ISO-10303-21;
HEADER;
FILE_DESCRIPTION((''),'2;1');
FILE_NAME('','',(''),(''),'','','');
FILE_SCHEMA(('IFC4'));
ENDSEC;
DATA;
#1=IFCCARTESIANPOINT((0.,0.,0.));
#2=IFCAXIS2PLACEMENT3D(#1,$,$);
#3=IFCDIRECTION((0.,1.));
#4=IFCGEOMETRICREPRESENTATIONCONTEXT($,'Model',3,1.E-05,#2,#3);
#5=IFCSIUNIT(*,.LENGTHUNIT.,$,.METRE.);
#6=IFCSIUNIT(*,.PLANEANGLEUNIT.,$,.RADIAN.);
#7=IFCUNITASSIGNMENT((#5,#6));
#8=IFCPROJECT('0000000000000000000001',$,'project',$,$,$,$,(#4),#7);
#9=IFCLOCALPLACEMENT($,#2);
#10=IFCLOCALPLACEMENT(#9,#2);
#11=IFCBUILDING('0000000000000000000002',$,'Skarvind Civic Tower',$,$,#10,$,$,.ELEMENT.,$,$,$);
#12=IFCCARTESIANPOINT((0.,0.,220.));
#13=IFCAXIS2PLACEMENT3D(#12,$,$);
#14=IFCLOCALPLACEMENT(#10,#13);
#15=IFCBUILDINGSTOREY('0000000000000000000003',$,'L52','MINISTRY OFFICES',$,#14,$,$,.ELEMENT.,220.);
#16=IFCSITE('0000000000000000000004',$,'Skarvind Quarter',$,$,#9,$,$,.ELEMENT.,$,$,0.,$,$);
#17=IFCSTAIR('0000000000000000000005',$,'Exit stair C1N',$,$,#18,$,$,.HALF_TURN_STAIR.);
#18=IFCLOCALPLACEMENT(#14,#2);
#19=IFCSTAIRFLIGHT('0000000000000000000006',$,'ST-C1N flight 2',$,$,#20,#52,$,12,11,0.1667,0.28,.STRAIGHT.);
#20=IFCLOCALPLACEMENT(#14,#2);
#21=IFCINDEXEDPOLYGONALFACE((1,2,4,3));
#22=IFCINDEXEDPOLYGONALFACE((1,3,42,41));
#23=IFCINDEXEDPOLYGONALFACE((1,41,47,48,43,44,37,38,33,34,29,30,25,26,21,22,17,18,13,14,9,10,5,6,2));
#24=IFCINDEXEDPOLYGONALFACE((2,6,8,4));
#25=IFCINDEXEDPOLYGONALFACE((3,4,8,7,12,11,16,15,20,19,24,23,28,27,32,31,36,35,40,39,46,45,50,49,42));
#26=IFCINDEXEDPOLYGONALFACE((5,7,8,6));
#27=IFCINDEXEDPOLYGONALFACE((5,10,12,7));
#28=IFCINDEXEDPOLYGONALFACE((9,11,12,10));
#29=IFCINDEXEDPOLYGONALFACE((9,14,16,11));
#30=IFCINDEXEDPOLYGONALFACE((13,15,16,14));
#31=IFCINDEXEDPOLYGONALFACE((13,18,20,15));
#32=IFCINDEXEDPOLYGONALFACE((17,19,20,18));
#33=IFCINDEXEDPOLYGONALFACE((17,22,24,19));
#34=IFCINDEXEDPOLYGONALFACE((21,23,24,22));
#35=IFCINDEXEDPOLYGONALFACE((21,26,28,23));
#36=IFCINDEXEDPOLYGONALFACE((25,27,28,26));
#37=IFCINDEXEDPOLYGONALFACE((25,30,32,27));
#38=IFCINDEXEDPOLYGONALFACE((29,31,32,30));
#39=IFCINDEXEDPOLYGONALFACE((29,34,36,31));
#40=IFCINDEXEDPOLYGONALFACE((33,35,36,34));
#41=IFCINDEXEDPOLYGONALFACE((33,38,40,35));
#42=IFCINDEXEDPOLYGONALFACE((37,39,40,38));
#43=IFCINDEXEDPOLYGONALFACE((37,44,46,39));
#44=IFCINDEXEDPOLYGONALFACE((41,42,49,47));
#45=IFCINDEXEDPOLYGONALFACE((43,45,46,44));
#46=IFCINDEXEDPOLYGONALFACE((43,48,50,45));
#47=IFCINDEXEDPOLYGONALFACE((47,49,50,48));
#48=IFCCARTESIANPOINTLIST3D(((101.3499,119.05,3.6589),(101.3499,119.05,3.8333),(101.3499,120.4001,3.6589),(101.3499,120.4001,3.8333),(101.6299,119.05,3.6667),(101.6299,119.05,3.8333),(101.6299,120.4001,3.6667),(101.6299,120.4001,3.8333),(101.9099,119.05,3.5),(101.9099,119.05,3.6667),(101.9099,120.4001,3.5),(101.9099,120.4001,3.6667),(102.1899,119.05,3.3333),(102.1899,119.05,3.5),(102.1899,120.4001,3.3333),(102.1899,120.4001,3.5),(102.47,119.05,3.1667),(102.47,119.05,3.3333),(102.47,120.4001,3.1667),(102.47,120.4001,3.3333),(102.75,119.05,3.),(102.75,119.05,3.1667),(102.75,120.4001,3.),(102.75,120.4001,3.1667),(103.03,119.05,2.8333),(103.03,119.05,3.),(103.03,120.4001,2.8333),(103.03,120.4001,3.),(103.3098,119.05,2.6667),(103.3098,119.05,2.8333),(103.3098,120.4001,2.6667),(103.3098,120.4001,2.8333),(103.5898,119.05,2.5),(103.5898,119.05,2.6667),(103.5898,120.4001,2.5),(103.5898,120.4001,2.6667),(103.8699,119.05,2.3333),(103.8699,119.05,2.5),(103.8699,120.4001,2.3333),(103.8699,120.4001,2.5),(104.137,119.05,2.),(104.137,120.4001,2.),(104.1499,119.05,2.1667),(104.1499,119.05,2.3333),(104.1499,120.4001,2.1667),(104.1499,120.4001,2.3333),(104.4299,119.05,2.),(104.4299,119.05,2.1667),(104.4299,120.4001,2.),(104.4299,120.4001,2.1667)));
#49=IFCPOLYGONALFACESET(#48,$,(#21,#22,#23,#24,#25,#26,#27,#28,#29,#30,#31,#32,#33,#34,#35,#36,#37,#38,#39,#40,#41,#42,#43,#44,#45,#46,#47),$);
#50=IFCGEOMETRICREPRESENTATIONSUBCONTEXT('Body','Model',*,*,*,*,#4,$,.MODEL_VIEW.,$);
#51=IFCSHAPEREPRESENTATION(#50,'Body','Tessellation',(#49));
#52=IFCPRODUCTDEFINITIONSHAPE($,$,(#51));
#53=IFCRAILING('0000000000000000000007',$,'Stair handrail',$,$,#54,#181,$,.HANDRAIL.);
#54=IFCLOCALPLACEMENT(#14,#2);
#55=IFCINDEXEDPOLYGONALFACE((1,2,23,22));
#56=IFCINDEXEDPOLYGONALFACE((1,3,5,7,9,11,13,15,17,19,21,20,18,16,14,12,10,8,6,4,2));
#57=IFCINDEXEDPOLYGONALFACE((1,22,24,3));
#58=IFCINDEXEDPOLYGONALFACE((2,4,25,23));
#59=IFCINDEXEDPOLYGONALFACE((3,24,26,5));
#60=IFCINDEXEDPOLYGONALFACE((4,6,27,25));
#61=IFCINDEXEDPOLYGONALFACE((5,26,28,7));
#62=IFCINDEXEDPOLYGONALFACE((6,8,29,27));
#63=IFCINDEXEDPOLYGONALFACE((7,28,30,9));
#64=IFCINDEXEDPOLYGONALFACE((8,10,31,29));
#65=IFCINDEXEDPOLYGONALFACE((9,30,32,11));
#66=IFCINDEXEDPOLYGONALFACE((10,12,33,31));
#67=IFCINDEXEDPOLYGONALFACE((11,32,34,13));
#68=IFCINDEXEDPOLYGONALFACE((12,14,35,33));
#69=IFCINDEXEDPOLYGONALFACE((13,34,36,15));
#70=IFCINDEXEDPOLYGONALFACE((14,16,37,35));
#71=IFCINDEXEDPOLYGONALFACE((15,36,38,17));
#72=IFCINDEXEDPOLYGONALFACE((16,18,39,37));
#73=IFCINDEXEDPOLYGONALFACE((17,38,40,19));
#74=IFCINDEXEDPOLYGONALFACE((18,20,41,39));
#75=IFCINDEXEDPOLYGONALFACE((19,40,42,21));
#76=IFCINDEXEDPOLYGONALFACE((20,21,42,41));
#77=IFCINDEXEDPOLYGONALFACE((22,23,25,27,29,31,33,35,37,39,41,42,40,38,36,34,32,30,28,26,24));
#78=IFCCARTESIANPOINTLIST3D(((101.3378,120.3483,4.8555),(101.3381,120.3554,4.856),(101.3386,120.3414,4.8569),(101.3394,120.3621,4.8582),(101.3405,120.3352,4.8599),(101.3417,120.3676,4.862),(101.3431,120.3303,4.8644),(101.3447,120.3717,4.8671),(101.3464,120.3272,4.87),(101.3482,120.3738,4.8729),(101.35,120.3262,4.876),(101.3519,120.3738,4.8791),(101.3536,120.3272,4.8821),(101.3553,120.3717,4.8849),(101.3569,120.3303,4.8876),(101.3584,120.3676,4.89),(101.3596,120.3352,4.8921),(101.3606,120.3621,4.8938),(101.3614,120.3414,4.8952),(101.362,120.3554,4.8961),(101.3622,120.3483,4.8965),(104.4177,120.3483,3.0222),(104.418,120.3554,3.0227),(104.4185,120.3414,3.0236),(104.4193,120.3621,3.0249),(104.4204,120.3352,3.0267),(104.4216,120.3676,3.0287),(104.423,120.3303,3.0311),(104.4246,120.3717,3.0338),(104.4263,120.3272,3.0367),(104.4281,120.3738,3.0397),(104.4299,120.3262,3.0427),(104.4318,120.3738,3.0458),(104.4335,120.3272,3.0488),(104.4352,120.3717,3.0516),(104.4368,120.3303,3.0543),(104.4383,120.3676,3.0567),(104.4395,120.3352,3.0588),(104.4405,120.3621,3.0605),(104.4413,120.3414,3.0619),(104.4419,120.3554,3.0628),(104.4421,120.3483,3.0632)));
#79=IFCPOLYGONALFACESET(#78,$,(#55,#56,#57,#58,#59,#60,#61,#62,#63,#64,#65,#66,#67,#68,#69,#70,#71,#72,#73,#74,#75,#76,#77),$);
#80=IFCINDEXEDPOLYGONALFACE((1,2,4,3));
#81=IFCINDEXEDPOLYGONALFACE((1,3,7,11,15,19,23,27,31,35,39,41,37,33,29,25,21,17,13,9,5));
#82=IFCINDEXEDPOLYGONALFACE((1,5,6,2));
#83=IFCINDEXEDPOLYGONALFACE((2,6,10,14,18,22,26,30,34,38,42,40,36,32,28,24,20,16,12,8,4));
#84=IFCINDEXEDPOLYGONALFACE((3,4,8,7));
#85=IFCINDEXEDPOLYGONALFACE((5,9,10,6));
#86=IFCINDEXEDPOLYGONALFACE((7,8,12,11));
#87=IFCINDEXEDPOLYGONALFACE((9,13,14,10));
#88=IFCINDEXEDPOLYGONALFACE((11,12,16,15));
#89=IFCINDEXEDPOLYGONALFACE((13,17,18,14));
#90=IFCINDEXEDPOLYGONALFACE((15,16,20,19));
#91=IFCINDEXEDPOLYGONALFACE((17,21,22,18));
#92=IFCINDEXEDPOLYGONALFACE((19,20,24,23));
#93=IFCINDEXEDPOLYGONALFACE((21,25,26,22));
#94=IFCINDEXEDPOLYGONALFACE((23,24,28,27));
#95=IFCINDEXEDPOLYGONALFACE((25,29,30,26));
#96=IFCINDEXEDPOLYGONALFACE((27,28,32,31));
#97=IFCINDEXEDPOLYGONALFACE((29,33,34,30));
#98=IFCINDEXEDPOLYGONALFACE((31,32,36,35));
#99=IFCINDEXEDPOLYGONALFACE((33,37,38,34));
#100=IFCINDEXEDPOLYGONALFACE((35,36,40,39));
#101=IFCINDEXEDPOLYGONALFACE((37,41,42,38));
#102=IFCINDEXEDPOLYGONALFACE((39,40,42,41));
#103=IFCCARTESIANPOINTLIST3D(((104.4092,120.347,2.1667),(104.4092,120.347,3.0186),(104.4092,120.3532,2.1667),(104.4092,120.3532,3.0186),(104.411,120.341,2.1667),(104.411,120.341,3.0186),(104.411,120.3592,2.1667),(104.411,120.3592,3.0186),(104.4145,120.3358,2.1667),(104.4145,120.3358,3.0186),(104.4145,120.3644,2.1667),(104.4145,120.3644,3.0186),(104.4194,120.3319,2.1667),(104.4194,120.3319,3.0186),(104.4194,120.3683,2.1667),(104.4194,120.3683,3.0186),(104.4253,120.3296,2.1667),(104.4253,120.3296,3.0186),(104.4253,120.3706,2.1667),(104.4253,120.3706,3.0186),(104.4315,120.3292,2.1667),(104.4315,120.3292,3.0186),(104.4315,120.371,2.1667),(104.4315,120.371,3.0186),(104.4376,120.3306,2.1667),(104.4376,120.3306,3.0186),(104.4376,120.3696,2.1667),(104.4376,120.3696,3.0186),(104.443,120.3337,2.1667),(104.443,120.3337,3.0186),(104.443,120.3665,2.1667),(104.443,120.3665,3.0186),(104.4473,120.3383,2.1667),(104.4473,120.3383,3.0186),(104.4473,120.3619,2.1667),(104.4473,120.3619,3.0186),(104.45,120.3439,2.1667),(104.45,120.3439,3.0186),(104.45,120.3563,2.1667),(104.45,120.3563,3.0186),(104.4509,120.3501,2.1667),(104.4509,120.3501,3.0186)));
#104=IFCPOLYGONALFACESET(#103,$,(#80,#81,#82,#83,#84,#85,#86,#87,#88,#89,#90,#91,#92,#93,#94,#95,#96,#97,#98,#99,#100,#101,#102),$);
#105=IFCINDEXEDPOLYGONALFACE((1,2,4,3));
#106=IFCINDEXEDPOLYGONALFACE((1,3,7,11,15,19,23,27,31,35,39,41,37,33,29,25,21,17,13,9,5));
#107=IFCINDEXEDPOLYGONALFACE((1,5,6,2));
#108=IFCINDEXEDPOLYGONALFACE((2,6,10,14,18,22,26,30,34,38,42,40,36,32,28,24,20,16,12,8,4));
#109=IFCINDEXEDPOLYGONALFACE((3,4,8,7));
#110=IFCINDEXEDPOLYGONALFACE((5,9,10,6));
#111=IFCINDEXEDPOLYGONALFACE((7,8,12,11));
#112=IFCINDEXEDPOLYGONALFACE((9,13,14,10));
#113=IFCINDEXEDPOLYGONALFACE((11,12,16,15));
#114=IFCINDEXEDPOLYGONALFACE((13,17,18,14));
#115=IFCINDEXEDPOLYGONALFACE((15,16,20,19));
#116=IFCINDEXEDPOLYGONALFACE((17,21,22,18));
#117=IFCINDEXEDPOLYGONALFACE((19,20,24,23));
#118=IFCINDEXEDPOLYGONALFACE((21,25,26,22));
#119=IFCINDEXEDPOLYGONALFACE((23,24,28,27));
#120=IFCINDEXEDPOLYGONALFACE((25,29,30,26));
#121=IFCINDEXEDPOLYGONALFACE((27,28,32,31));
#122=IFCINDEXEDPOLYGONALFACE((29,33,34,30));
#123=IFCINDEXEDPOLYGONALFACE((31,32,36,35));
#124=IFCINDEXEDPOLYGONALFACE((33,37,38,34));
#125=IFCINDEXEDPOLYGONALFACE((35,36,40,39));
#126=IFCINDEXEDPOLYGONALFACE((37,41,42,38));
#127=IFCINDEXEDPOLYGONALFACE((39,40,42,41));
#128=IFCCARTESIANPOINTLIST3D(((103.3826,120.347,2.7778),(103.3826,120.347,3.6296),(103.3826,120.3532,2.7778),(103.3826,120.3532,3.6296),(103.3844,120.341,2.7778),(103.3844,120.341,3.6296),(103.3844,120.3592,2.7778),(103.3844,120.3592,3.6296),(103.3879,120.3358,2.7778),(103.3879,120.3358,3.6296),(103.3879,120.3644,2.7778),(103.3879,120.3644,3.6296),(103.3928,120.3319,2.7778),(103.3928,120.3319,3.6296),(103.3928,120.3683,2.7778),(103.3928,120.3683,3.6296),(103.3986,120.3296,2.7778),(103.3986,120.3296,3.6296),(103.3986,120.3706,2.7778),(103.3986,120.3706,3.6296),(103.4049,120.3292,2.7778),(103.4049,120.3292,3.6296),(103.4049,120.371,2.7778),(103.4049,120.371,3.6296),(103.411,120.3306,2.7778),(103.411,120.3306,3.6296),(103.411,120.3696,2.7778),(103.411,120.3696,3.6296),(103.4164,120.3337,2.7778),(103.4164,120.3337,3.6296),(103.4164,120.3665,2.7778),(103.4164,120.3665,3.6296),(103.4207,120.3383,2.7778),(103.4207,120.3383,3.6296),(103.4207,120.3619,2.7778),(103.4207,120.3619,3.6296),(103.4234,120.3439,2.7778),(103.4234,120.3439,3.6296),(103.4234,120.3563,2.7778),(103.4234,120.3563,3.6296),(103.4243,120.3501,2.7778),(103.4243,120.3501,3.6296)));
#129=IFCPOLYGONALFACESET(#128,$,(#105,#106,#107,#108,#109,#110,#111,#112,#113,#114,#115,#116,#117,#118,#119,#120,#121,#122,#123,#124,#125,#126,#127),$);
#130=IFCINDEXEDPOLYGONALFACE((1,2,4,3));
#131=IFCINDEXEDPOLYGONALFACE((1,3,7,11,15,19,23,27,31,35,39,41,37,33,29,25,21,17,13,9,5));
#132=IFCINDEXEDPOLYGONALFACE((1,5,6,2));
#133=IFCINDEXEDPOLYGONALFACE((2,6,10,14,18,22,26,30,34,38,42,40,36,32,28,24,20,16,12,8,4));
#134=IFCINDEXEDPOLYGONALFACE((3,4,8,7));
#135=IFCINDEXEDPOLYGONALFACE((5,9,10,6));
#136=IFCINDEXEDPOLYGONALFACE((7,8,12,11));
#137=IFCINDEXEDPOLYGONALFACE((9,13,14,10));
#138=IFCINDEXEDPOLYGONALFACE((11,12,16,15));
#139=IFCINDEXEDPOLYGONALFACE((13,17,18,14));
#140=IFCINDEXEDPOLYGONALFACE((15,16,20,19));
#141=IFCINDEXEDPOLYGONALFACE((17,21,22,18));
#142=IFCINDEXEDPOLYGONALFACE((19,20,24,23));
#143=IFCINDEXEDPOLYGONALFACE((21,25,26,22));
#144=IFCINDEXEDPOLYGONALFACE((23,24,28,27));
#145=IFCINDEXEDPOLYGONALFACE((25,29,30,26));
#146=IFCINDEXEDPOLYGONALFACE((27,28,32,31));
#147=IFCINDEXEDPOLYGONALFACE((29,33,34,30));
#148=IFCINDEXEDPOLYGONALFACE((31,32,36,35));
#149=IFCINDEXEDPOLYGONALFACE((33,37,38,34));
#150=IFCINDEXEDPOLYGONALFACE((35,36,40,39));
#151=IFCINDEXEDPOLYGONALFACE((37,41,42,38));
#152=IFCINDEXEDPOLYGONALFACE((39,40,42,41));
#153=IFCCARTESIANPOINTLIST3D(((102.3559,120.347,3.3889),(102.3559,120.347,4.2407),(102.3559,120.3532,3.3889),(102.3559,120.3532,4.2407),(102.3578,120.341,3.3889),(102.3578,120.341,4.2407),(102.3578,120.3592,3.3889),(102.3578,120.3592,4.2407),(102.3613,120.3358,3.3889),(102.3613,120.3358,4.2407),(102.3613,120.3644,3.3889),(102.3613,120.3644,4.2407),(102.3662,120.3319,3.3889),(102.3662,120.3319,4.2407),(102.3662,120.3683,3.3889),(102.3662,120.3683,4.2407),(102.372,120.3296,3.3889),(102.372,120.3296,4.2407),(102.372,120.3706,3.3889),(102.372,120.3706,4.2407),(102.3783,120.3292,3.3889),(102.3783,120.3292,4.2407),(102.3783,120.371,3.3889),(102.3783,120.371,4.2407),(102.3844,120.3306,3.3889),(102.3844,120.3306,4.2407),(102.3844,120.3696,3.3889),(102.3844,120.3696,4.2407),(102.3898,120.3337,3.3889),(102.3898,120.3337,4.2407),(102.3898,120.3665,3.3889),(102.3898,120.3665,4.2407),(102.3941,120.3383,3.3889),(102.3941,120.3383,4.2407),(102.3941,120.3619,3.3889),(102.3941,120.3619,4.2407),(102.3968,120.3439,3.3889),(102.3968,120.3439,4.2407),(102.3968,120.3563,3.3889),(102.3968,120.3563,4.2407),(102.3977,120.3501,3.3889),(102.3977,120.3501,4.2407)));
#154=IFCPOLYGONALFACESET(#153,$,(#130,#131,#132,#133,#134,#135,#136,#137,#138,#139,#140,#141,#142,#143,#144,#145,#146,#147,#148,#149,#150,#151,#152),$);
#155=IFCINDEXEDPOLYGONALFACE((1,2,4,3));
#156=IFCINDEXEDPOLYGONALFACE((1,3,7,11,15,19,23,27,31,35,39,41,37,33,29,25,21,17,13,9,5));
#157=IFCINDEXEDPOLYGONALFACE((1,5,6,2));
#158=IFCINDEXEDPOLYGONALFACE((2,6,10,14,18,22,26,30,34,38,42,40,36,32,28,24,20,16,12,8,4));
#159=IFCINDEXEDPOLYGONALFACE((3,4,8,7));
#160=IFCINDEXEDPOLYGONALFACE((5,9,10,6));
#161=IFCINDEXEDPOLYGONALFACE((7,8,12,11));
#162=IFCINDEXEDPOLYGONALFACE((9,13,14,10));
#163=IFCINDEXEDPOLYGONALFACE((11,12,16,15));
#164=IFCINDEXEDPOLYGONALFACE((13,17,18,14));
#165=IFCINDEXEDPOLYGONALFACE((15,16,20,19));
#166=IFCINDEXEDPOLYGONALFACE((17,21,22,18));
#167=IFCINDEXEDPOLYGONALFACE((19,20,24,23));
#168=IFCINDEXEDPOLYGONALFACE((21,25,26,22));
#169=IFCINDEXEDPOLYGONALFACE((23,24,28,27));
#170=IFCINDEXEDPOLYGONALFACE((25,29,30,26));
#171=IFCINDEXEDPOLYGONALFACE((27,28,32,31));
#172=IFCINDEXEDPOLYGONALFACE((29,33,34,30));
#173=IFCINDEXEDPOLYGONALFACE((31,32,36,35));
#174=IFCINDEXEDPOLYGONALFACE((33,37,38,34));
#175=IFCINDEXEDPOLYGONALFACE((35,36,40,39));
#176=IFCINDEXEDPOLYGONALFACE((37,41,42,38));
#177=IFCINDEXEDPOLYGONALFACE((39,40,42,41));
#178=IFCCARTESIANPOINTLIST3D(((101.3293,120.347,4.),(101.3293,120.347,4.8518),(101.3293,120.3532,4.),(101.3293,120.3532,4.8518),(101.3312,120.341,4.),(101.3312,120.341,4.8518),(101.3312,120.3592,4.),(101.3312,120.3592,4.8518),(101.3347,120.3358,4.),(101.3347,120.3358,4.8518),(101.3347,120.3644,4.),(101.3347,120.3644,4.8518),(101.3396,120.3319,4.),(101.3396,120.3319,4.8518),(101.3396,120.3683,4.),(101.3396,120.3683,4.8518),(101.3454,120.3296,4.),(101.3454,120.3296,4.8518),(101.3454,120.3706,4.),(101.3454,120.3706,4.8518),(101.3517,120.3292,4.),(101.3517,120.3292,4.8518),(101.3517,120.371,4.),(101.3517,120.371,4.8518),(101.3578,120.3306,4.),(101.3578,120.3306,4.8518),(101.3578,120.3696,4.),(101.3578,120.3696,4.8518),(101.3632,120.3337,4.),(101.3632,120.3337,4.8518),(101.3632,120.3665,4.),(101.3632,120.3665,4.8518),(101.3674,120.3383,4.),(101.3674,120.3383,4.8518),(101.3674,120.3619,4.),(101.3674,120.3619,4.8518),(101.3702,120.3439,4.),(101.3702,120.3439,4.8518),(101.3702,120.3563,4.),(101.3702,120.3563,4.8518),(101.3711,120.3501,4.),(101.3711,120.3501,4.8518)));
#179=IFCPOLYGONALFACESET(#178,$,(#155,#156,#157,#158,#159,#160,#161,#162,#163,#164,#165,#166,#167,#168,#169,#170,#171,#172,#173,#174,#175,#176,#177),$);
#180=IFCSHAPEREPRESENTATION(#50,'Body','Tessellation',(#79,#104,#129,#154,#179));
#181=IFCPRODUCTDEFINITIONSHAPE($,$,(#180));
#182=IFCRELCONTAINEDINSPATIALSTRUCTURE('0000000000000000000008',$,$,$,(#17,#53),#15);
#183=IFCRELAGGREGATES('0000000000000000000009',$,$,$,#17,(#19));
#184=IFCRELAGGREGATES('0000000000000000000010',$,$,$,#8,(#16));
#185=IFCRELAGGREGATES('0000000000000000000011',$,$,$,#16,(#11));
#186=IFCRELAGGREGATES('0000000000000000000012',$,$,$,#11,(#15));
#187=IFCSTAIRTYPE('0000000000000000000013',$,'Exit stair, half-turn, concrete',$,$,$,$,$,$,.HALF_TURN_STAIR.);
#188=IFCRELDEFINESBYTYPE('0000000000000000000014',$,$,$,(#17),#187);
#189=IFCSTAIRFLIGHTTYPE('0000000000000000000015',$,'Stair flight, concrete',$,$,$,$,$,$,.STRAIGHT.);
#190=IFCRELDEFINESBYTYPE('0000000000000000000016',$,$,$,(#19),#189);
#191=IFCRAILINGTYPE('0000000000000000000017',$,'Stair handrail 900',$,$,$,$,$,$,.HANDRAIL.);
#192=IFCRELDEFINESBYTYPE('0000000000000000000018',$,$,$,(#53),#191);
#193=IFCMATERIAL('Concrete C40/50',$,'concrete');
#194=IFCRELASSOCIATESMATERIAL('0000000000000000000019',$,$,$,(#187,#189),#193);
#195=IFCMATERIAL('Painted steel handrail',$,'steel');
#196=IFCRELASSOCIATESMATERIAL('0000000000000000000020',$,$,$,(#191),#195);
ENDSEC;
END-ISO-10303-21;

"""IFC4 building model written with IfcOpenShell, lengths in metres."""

from ifc_helpers import new_model, si_unit, direction, frame, origin, origin_2d, place, context, subcontext, project, spatial, polyline, circle, outline, extrude, material, type_object, element, aggregate, save


model = new_model("IFC4")

# Units and contexts
model_context = context("Model", 3, precision=1e-05, world=origin(), true_north=direction((0.0, 1.0)))
body_context = subcontext(model_context, "Body", "Model", "MODEL_VIEW")
ifc_project = project(units=[si_unit("LENGTHUNIT", "METRE"), si_unit("PLANEANGLEUNIT", "RADIAN")], contexts=[model_context])

# Site, building, storey
site_placement = place(None, origin())
site = spatial("IfcSite", under=ifc_project, at=site_placement, Name="Skarvind Quarter", CompositionType="ELEMENT", RefElevation=0.0)
building_placement = place(site_placement, origin())
building = spatial("IfcBuilding", under=site, at=building_placement, Name="Skarvind Civic Tower", CompositionType="ELEMENT")
storey_placement = place(building_placement, frame((0.0, 0.0, 220.0)))
storey = spatial("IfcBuildingStorey", under=building, at=storey_placement, Name="L52", Description="MINISTRY OFFICES", CompositionType="ELEMENT", Elevation=220.0)

# Stair, stair flight
ifc_material_1 = material(Name="Concrete C40/50", Category="concrete")
stair_type = type_object("IfcStairType", Name="Exit stair, half-turn, concrete", PredefinedType="HALF_TURN_STAIR", material=ifc_material_1)
stair_placement = place(storey_placement, origin())
stair = element("IfcStair", 1, at=stair_placement, inside=storey, type_object=stair_type, Name="Exit stair C1N", PredefinedType="HALF_TURN_STAIR")
stair_flight_type = type_object("IfcStairFlightType", Name="Stair flight, concrete", PredefinedType="STRAIGHT", material=ifc_material_1)
stair_flight_1_placement = place(storey_placement, frame((104.4299, 119.7251, 2.0), z_axis=(0.0, 0.0, 1.0), x_axis=(-1.0, 0.0, 0.0)))
stair_flight_1 = element("IfcStairFlight", 2, at=stair_flight_1_placement, type_object=stair_flight_type, Name="ST-C1N flight 2", NumberOfRisers=12, NumberOfTreads=11, PredefinedType="STRAIGHT", RiserHeight=0.1667, TreadLength=0.28, context=body_context, shape_type="SweptSolid", body=[
    extrude(outline(polyline([(0.0, 0.0), (0.0, 0.1667), (0.28, 0.1667), (0.28, 0.3333), (0.5601, 0.3333), (0.5601, 0.5), (0.8401, 0.5), (0.8401, 0.6667), (1.1201, 0.6667), (1.1201, 0.8333), (1.3999, 0.8333), (1.3999, 1.0), (1.6799, 1.0), (1.6799, 1.1667), (1.96, 1.1667), (1.96, 1.3333), (2.24, 1.3333), (2.24, 1.5), (2.52, 1.5), (2.52, 1.6667), (2.8, 1.6667), (2.8, 1.8333), (3.0801, 1.8333), (3.0801, 2.0), (3.0801, 1.6589), (0.293, 0.0), (0.0, 0.0)])), frame((0.0, 0.675, 0.0), z_axis=(0.0, -1.0, 0.0), x_axis=(1.0, 0.0, 0.0)), (0.0, 0.0, 1.0), 1.3501),
])
aggregate(stair, [stair_flight_1])

# Railing
ifc_material_2 = material(Name="Painted steel handrail", Category="steel")
railing_type = type_object("IfcRailingType", Name="Stair handrail 900", PredefinedType="HANDRAIL", material=ifc_material_2)
railing_placement = place(storey_placement, frame((104.4299, 120.3501, 2.1667)))
element("IfcRailing", 3, at=railing_placement, inside=storey, type_object=railing_type, Name="Stair handrail", PredefinedType="HANDRAIL", context=body_context, shape_type="SweptSolid", body=[
    extrude(circle(Radius=0.0239, at=origin_2d()), frame((0.0, 0.0, 0.876), z_axis=(-0.859291, 0.0, 0.511487), x_axis=(0.0, -1.0, 0.0)), (0.0, 0.0, 1.0), 3.5842),
    extrude(circle(Radius=0.021, at=origin_2d()), origin(), (0.0, 0.0, 1.0), 0.8518),
    extrude(circle(Radius=0.021, at=origin_2d()), frame((-1.0266, 0.0, 0.6111)), (0.0, 0.0, 1.0), 0.8518),
    extrude(circle(Radius=0.021, at=origin_2d()), frame((-2.0532, 0.0, 1.2222)), (0.0, 0.0, 1.0), 0.8518),
    extrude(circle(Radius=0.021, at=origin_2d()), frame((-3.0798, 0.0, 1.8333)), (0.0, 0.0, 1.0), 0.8518),
])

save(model, "model.ifc")
